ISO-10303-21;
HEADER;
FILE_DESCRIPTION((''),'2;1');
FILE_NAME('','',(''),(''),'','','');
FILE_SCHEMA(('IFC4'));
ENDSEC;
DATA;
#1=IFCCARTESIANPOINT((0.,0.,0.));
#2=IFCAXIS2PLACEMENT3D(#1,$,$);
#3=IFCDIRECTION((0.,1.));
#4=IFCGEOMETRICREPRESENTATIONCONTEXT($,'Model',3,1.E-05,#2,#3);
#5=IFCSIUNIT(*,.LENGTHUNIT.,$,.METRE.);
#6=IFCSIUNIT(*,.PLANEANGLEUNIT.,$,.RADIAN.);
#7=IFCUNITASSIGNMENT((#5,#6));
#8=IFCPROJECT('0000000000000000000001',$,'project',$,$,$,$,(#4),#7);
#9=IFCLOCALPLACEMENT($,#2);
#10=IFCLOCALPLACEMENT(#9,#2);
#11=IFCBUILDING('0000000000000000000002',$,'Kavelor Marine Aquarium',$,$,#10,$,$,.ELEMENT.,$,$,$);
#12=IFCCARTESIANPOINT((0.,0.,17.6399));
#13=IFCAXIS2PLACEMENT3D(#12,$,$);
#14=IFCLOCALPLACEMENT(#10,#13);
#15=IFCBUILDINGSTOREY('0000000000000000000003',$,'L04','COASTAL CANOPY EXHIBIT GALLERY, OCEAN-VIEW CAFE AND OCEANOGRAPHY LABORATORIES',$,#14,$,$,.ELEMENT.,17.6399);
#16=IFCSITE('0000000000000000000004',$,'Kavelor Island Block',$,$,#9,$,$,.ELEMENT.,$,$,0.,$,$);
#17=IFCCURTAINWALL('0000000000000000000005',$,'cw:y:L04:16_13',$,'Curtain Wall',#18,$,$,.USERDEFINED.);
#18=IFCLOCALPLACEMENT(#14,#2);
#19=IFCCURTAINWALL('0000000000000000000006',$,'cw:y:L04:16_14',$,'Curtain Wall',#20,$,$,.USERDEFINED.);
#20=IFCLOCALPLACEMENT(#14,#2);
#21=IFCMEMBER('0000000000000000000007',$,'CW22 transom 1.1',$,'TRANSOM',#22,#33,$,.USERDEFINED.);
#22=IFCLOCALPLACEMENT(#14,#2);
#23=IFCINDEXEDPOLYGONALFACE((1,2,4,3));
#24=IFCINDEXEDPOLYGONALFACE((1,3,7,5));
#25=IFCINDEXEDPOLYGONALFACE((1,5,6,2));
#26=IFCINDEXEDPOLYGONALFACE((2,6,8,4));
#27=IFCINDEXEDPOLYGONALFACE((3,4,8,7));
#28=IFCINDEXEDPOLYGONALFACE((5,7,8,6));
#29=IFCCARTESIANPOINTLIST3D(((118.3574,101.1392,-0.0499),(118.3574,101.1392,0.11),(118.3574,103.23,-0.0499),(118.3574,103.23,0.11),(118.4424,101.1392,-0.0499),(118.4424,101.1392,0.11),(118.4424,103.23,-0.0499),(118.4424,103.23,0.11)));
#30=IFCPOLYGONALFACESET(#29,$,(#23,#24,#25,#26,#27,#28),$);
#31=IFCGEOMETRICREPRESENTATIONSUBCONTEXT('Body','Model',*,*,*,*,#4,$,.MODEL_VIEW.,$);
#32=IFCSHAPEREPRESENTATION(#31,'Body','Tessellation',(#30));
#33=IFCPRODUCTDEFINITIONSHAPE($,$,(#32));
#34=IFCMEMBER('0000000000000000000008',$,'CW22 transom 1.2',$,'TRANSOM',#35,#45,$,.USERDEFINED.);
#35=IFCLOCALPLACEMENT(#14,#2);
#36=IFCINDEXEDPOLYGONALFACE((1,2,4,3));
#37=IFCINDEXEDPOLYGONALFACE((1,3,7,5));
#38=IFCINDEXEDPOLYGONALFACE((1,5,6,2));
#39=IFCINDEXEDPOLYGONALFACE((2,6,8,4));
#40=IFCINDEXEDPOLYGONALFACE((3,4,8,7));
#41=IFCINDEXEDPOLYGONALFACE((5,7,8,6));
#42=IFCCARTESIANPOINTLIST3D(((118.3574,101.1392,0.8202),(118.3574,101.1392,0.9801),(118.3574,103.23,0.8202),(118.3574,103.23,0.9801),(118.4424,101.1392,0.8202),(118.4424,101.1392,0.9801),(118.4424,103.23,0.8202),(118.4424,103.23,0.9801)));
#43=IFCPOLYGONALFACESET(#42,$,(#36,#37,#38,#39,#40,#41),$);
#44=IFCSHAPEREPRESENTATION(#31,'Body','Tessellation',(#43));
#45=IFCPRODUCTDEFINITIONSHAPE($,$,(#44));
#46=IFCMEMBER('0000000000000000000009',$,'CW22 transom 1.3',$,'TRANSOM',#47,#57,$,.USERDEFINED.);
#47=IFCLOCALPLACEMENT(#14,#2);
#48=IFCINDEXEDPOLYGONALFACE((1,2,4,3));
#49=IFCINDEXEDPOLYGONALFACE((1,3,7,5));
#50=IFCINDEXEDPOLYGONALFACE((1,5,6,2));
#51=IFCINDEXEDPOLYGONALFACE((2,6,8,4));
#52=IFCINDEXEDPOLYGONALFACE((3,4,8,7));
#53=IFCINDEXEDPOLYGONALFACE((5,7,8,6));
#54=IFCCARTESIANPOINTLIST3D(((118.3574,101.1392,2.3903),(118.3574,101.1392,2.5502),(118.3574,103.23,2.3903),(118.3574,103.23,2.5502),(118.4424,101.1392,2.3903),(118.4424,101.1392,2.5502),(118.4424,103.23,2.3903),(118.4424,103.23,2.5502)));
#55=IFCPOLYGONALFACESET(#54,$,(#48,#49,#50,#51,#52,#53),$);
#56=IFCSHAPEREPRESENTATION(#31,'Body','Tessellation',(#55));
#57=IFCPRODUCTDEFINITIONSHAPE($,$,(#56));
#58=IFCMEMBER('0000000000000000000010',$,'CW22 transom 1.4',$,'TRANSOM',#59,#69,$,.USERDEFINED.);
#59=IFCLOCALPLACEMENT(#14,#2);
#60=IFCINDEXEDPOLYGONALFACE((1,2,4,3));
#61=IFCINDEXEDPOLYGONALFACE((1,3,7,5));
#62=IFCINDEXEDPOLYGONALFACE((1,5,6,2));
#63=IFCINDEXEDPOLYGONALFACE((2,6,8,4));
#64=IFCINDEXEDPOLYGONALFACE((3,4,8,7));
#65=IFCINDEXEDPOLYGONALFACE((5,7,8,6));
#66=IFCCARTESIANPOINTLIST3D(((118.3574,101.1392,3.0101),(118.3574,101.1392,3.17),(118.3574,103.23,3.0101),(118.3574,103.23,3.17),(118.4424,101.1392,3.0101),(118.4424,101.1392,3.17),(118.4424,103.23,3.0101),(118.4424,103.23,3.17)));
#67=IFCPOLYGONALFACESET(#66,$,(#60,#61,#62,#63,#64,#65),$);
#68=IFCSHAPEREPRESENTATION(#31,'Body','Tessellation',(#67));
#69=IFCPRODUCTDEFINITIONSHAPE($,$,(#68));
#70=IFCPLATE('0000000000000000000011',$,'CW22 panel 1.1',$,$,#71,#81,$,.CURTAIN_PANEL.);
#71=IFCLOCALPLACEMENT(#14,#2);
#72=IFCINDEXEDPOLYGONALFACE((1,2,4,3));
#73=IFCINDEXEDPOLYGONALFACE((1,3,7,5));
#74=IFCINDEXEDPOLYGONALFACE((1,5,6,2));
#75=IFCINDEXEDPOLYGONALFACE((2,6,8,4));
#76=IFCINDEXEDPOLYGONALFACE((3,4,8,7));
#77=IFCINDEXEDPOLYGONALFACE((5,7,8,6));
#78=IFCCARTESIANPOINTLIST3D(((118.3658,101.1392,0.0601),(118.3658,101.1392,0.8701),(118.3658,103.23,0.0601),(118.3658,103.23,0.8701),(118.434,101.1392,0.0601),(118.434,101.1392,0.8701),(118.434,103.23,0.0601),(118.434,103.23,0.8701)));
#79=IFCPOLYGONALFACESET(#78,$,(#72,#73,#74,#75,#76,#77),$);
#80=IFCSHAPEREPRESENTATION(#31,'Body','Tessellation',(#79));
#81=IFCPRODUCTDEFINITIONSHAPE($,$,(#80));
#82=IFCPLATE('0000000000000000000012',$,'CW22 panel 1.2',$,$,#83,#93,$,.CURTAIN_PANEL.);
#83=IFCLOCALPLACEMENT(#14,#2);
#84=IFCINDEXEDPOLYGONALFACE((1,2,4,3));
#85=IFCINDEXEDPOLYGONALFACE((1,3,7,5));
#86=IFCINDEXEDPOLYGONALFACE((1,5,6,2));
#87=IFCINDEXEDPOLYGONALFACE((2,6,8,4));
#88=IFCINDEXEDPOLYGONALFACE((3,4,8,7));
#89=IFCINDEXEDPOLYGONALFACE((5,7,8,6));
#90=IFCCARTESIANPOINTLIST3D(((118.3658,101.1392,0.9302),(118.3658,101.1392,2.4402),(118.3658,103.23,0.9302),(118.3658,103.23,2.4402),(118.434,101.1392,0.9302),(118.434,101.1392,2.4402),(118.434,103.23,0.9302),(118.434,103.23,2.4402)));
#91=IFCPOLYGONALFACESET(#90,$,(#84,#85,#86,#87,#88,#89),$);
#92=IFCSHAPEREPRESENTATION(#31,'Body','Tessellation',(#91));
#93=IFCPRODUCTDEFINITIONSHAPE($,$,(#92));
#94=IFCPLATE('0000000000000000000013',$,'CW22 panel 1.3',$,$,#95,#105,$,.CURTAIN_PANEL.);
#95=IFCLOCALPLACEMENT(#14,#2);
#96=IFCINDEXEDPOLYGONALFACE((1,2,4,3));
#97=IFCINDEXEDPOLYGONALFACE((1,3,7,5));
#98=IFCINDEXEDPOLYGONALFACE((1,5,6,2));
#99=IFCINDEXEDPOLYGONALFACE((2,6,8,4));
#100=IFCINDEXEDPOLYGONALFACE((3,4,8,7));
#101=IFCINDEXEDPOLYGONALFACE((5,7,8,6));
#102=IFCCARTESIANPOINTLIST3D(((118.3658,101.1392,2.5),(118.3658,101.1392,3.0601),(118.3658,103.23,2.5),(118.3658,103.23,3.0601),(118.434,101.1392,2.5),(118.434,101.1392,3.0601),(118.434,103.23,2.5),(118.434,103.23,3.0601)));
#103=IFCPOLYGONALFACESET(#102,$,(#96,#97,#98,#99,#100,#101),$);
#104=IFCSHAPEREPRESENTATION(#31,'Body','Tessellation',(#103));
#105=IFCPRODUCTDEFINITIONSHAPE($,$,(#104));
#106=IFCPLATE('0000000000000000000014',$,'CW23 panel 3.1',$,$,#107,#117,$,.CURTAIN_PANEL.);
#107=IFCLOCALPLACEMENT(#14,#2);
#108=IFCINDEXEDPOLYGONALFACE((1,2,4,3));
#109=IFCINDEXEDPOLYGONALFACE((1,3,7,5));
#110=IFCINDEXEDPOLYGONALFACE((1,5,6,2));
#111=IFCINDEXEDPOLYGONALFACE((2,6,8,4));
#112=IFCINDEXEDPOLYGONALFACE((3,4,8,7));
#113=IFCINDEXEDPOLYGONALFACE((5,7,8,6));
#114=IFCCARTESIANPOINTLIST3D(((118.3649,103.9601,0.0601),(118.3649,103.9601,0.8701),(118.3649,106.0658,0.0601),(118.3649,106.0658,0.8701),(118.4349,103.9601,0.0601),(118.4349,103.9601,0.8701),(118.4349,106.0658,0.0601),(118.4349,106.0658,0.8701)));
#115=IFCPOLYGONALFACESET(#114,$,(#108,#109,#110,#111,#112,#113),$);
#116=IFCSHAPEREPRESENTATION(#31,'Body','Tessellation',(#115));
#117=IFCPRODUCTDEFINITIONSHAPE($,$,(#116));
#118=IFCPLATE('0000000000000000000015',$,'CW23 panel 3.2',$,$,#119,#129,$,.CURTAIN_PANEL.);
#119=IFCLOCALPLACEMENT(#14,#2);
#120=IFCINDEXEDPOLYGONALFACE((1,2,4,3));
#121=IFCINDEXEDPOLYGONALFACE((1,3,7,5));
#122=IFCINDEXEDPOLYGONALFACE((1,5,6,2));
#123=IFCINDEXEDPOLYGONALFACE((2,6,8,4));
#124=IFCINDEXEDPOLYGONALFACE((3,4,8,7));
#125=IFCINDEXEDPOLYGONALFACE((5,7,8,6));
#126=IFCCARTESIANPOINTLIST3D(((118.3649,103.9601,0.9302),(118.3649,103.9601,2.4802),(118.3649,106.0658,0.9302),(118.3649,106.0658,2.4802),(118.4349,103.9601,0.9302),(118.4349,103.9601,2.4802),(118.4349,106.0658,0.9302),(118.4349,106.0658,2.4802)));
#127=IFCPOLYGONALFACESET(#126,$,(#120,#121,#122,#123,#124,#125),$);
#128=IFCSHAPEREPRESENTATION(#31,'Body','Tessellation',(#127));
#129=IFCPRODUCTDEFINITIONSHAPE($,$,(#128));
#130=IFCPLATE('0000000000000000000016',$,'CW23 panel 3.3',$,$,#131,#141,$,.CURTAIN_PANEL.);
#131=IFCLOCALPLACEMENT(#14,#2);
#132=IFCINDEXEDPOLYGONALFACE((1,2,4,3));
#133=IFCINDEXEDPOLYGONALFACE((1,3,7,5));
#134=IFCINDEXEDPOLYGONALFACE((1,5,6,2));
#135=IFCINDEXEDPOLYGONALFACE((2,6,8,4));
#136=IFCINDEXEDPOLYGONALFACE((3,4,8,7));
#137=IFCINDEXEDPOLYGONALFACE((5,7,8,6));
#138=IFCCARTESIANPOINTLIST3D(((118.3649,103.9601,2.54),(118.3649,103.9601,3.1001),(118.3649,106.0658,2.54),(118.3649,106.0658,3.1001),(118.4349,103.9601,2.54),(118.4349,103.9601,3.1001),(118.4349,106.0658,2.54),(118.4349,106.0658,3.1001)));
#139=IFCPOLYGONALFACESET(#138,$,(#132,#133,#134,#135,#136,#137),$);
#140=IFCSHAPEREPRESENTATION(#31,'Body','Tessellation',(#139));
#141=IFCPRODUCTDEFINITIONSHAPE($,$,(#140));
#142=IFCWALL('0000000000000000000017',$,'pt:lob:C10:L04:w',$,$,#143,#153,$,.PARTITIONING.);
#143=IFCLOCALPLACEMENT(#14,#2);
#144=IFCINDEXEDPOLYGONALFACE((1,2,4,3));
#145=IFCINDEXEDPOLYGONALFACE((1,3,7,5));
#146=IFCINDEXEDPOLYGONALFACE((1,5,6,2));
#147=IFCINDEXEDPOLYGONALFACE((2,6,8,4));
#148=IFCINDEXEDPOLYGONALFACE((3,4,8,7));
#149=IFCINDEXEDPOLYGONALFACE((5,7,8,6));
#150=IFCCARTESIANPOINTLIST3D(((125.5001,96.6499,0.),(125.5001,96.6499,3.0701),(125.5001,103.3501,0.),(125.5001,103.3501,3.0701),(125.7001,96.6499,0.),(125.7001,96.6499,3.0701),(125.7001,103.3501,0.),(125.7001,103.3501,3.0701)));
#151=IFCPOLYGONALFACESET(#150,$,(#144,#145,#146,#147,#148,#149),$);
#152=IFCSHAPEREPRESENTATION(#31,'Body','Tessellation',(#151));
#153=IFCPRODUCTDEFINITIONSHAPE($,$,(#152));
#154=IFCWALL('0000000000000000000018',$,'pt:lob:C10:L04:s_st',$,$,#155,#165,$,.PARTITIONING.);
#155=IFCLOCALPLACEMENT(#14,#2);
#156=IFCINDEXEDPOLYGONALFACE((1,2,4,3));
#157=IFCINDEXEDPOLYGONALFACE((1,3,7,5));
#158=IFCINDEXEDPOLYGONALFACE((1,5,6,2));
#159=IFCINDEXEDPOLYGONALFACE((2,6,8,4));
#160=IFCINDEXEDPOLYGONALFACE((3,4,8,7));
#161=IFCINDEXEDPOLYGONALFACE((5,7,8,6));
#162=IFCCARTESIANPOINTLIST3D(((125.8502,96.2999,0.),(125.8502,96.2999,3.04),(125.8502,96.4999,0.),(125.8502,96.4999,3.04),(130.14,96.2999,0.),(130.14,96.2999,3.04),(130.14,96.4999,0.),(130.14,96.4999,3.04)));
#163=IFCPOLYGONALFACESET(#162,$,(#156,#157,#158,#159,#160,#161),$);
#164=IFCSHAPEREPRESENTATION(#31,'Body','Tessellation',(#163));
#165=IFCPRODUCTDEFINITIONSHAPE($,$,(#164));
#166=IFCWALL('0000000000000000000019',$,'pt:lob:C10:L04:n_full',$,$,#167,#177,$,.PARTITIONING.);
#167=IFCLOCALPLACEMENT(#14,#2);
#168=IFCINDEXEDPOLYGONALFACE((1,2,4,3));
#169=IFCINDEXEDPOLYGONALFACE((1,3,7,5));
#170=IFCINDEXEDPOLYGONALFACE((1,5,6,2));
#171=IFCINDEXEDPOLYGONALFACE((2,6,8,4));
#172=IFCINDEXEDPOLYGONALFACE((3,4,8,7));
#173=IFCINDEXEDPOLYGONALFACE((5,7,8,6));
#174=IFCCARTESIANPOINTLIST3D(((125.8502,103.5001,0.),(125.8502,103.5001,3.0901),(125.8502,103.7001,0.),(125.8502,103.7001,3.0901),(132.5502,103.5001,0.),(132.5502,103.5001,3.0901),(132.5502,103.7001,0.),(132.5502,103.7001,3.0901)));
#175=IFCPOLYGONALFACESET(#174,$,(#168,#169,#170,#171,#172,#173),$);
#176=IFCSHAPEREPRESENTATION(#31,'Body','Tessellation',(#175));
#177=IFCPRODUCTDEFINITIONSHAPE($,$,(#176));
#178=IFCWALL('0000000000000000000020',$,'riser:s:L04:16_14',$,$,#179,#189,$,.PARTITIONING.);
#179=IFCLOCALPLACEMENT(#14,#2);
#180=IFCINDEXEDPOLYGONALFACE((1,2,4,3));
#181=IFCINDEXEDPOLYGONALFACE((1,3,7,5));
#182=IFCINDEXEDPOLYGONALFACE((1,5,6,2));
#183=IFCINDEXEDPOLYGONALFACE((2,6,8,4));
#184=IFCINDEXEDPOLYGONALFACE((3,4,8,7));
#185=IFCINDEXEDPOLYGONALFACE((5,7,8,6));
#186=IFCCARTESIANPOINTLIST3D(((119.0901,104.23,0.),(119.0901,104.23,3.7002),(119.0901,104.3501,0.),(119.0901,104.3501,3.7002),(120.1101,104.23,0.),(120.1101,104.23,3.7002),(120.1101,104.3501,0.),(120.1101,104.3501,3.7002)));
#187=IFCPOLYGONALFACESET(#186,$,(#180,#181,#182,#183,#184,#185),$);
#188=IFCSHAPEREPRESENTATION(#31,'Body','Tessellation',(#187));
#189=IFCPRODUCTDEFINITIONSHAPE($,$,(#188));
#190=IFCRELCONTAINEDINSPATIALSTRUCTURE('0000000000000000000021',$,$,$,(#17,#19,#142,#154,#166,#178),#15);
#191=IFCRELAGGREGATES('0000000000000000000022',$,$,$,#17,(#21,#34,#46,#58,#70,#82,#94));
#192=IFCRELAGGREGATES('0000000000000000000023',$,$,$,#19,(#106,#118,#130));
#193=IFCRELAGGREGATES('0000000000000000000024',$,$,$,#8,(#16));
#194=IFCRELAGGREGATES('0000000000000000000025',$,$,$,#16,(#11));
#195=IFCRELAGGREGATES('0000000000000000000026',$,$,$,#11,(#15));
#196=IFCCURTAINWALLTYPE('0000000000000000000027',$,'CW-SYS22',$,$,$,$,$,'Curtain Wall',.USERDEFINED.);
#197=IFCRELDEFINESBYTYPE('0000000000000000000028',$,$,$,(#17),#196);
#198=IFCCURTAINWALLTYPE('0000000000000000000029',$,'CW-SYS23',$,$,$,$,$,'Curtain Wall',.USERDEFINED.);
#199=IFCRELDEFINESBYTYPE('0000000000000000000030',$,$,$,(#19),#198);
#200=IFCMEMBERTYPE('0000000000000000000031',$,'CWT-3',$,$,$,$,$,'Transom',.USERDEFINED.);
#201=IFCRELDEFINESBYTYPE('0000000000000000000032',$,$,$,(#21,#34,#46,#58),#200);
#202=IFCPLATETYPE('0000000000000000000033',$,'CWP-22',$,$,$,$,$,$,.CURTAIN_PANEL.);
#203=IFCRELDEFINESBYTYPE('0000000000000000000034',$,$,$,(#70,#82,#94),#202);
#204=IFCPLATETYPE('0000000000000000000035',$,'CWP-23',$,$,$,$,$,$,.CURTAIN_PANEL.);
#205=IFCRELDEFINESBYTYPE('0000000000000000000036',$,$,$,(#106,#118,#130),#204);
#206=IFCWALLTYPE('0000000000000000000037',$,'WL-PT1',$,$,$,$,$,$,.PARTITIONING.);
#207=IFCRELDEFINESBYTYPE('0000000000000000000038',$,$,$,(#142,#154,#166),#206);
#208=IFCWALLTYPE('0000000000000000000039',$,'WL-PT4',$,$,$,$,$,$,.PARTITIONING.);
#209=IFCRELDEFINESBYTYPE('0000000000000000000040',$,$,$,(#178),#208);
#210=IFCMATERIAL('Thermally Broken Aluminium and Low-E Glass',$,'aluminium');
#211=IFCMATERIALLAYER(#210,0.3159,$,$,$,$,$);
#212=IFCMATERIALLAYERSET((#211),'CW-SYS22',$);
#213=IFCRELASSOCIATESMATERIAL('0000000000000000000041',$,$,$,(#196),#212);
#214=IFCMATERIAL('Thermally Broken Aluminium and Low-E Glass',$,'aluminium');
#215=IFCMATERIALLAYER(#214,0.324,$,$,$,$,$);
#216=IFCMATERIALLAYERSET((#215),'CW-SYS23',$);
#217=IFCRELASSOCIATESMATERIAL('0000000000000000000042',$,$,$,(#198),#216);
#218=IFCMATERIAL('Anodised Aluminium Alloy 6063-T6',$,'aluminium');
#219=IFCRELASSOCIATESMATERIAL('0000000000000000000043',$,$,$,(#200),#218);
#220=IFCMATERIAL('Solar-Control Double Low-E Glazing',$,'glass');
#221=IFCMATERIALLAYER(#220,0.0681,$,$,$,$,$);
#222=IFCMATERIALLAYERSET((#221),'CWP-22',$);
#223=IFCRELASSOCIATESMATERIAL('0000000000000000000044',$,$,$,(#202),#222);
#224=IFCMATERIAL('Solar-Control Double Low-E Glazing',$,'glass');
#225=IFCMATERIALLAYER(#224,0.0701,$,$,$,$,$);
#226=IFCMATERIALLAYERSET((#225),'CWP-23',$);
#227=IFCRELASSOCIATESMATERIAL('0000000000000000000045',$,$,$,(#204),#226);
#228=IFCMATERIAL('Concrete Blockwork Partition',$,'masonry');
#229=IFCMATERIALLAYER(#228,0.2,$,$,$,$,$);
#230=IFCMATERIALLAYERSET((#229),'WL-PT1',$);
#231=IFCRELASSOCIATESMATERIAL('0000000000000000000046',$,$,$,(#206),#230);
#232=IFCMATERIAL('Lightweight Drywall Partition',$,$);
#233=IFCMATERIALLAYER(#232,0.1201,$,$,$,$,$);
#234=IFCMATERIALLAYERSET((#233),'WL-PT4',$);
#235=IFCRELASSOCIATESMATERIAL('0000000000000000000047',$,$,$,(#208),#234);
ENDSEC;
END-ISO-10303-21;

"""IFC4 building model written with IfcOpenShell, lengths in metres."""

from ifc_helpers import new_model, si_unit, direction, frame, frame_2d, origin, origin_2d, place, context, subcontext, project, spatial, rectangle, extrude, material, layer, layer_set, material_profile, profile_set, type_object, element, aggregate, save


model = new_model("IFC4")

# Units and contexts
model_context = context("Model", 3, precision=1e-05, world=origin(), true_north=direction((0.0, 1.0)))
body_context = subcontext(model_context, "Body", "Model", "MODEL_VIEW")
ifc_project = project(units=[si_unit("LENGTHUNIT", "METRE"), si_unit("PLANEANGLEUNIT", "RADIAN")], contexts=[model_context])

# Site, building, storey
site_placement = place(None, origin())
site = spatial("IfcSite", under=ifc_project, at=site_placement, Name="Kavelor Island Block", CompositionType="ELEMENT", RefElevation=0.0)
building_placement = place(site_placement, origin())
building = spatial("IfcBuilding", under=site, at=building_placement, Name="Kavelor Marine Aquarium", CompositionType="ELEMENT")
storey_placement = place(building_placement, frame((0.0, 0.0, 17.6399)))
storey = spatial("IfcBuildingStorey", under=building, at=storey_placement, Name="L04", Description="COASTAL CANOPY EXHIBIT GALLERY, OCEAN-VIEW CAFE AND OCEANOGRAPHY LABORATORIES", CompositionType="ELEMENT", Elevation=17.6399)

# Curtain wall
ifc_material_1 = material(Name="Thermally Broken Aluminium and Low-E Glass", Category="aluminium")
ifc_layer_1 = layer(ifc_material_1, 0.3159)
ifc_layer_set_1 = layer_set([ifc_layer_1], Name="CW-SYS22")
curtain_wall_type_1 = type_object("IfcCurtainWallType", Name="CW-SYS22", ElementType="Curtain Wall", PredefinedType="USERDEFINED", material=ifc_layer_set_1)
curtain_wall_1_placement = place(storey_placement, origin())
curtain_wall_1 = element("IfcCurtainWall", 1, at=curtain_wall_1_placement, inside=storey, type_object=curtain_wall_type_1, Name="cw:y:L04:16_13", ObjectType="Curtain Wall", PredefinedType="USERDEFINED")

# Curtain wall
ifc_material_2 = material(Name="Thermally Broken Aluminium and Low-E Glass", Category="aluminium")
ifc_layer_2 = layer(ifc_material_2, 0.324)
ifc_layer_set_2 = layer_set([ifc_layer_2], Name="CW-SYS23")
curtain_wall_type_2 = type_object("IfcCurtainWallType", Name="CW-SYS23", ElementType="Curtain Wall", PredefinedType="USERDEFINED", material=ifc_layer_set_2)
curtain_wall_2_placement = place(storey_placement, origin())
curtain_wall_2 = element("IfcCurtainWall", 2, at=curtain_wall_2_placement, inside=storey, type_object=curtain_wall_type_2, Name="cw:y:L04:16_14", ObjectType="Curtain Wall", PredefinedType="USERDEFINED")

# Members
ifc_material_3 = material(Name="Anodised Aluminium Alloy 6063-T6", Category="aluminium")
ifc_material_profile_1 = material_profile(ifc_material_3, rectangle(XDim=0.085, YDim=0.1599, at=origin_2d()), Name="CW-TRN 85x160")
ifc_profile_set_1 = profile_set([ifc_material_profile_1], Name="Anodised Aluminium Alloy 6063-T6")
member_type_1 = type_object("IfcMemberType", Name="CWT-3", ElementType="Transom", PredefinedType="USERDEFINED", material=ifc_profile_set_1)
member_1_placement = place(storey_placement, frame((118.3999, 103.23, 0.03), z_axis=(0.0, -1.0, 0.0), x_axis=(1.0, 0.0, 0.0)))
member_1 = element("IfcMember", 3, at=member_1_placement, type_object=member_type_1, Name="CW22 transom 1.1", ObjectType="TRANSOM", PredefinedType="USERDEFINED", context=body_context, shape_type="SweptSolid", body=[
    extrude(rectangle(XDim=0.085, YDim=0.1599, at=origin_2d()), origin(), (0.0, 0.0, 1.0), 2.0908),
])
member_2_placement = place(storey_placement, frame((118.3999, 103.23, 0.9001), z_axis=(0.0, -1.0, 0.0), x_axis=(1.0, 0.0, 0.0)))
member_2 = element("IfcMember", 4, at=member_2_placement, type_object=member_type_1, Name="CW22 transom 1.2", ObjectType="TRANSOM", PredefinedType="USERDEFINED", context=body_context, shape_type="SweptSolid", body=[
    extrude(rectangle(XDim=0.085, YDim=0.1599, at=origin_2d()), origin(), (0.0, 0.0, 1.0), 2.0908),
])
member_3_placement = place(storey_placement, frame((118.3999, 103.23, 2.4702), z_axis=(0.0, -1.0, 0.0), x_axis=(1.0, 0.0, 0.0)))
member_3 = element("IfcMember", 5, at=member_3_placement, type_object=member_type_1, Name="CW22 transom 1.3", ObjectType="TRANSOM", PredefinedType="USERDEFINED", context=body_context, shape_type="SweptSolid", body=[
    extrude(rectangle(XDim=0.085, YDim=0.1599, at=origin_2d()), origin(), (0.0, 0.0, 1.0), 2.0908),
])
member_4_placement = place(storey_placement, frame((118.3999, 103.23, 3.0901), z_axis=(0.0, -1.0, 0.0), x_axis=(1.0, 0.0, 0.0)))
member_4 = element("IfcMember", 6, at=member_4_placement, type_object=member_type_1, Name="CW22 transom 1.4", ObjectType="TRANSOM", PredefinedType="USERDEFINED", context=body_context, shape_type="SweptSolid", body=[
    extrude(rectangle(XDim=0.085, YDim=0.1599, at=origin_2d()), origin(), (0.0, 0.0, 1.0), 2.0908),
])

# Plates
ifc_material_4 = material(Name="Solar-Control Double Low-E Glazing", Category="glass")
ifc_layer_3 = layer(ifc_material_4, 0.0681)
ifc_layer_set_3 = layer_set([ifc_layer_3], Name="CWP-22")
plate_type_1 = type_object("IfcPlateType", Name="CWP-22", PredefinedType="CURTAIN_PANEL", material=ifc_layer_set_3)
plate_1_placement = place(storey_placement, frame((118.3999, 102.1846, 0.0601), z_axis=(0.0, 0.0, 1.0), x_axis=(0.0, -1.0, 0.0)))
plate_1 = element("IfcPlate", 7, at=plate_1_placement, type_object=plate_type_1, Name="CW22 panel 1.1", PredefinedType="CURTAIN_PANEL", context=body_context, shape_type="SweptSolid", body=[
    extrude(rectangle(XDim=2.0908, YDim=0.0681, at=origin_2d()), origin(), (0.0, 0.0, 1.0), 0.8101),
])
plate_2_placement = place(storey_placement, frame((118.3999, 102.1846, 0.9302), z_axis=(0.0, 0.0, 1.0), x_axis=(0.0, -1.0, 0.0)))
plate_2 = element("IfcPlate", 8, at=plate_2_placement, type_object=plate_type_1, Name="CW22 panel 1.2", PredefinedType="CURTAIN_PANEL", context=body_context, shape_type="SweptSolid", body=[
    extrude(rectangle(XDim=2.0908, YDim=0.0681, at=origin_2d()), origin(), (0.0, 0.0, 1.0), 1.51),
])
plate_3_placement = place(storey_placement, frame((118.3999, 102.1846, 2.5), z_axis=(0.0, 0.0, 1.0), x_axis=(0.0, -1.0, 0.0)))
plate_3 = element("IfcPlate", 9, at=plate_3_placement, type_object=plate_type_1, Name="CW22 panel 1.3", PredefinedType="CURTAIN_PANEL", context=body_context, shape_type="SweptSolid", body=[
    extrude(rectangle(XDim=2.0908, YDim=0.0681, at=origin_2d()), origin(), (0.0, 0.0, 1.0), 0.5601),
])
aggregate(curtain_wall_1, [member_1, member_2, member_3, member_4, plate_1, plate_2, plate_3])
ifc_material_5 = material(Name="Solar-Control Double Low-E Glazing", Category="glass")
ifc_layer_4 = layer(ifc_material_5, 0.0701)
ifc_layer_set_4 = layer_set([ifc_layer_4], Name="CWP-23")
plate_type_2 = type_object("IfcPlateType", Name="CWP-23", PredefinedType="CURTAIN_PANEL", material=ifc_layer_set_4)
plate_4_placement = place(storey_placement, frame((118.3999, 105.0129, 0.0601), z_axis=(0.0, 0.0, 1.0), x_axis=(0.0, -1.0, 0.0)))
plate_4 = element("IfcPlate", 10, at=plate_4_placement, type_object=plate_type_2, Name="CW23 panel 3.1", PredefinedType="CURTAIN_PANEL", context=body_context, shape_type="SweptSolid", body=[
    extrude(rectangle(XDim=2.1057, YDim=0.0701, at=origin_2d()), origin(), (0.0, 0.0, 1.0), 0.8101),
])
plate_5_placement = place(storey_placement, frame((118.3999, 105.0129, 0.9302), z_axis=(0.0, 0.0, 1.0), x_axis=(0.0, -1.0, 0.0)))
plate_5 = element("IfcPlate", 11, at=plate_5_placement, type_object=plate_type_2, Name="CW23 panel 3.2", PredefinedType="CURTAIN_PANEL", context=body_context, shape_type="SweptSolid", body=[
    extrude(rectangle(XDim=2.1057, YDim=0.0701, at=origin_2d()), origin(), (0.0, 0.0, 1.0), 1.55),
])
plate_6_placement = place(storey_placement, frame((118.3999, 105.0129, 2.54), z_axis=(0.0, 0.0, 1.0), x_axis=(0.0, -1.0, 0.0)))
plate_6 = element("IfcPlate", 12, at=plate_6_placement, type_object=plate_type_2, Name="CW23 panel 3.3", PredefinedType="CURTAIN_PANEL", context=body_context, shape_type="SweptSolid", body=[
    extrude(rectangle(XDim=2.1057, YDim=0.0701, at=origin_2d()), origin(), (0.0, 0.0, 1.0), 0.5601),
])
aggregate(curtain_wall_2, [plate_4, plate_5, plate_6])

# Walls
ifc_material_6 = material(Name="Concrete Blockwork Partition", Category="masonry")
ifc_layer_5 = layer(ifc_material_6, 0.2)
ifc_layer_set_5 = layer_set([ifc_layer_5], Name="WL-PT1")
wall_type_1 = type_object("IfcWallType", Name="WL-PT1", PredefinedType="PARTITIONING", material=ifc_layer_set_5)
wall_1_placement = place(storey_placement, frame((125.6001, 96.6499, 0.0), z_axis=(0.0, 0.0, 1.0), x_axis=(0.0, 1.0, 0.0)))
element("IfcWall", 13, at=wall_1_placement, inside=storey, type_object=wall_type_1, Name="pt:lob:C10:L04:w", PredefinedType="PARTITIONING", context=body_context, shape_type="SweptSolid", body=[
    extrude(rectangle(XDim=6.7002, YDim=0.2, at=frame_2d((3.3501, 0.0))), origin(), (0.0, 0.0, 1.0), 3.0701),
])
wall_2_placement = place(storey_placement, frame((125.8501, 96.3999, 0.0), z_axis=(0.0, 0.0, 1.0), x_axis=(1.0, 0.0, 0.0)))
element("IfcWall", 14, at=wall_2_placement, inside=storey, type_object=wall_type_1, Name="pt:lob:C10:L04:s_st", PredefinedType="PARTITIONING", context=body_context, shape_type="SweptSolid", body=[
    extrude(rectangle(XDim=4.2898, YDim=0.2, at=frame_2d((2.145, 0.0))), origin(), (0.0, 0.0, 1.0), 3.04),
])
wall_3_placement = place(storey_placement, frame((125.8501, 103.6001, 0.0), z_axis=(0.0, 0.0, 1.0), x_axis=(1.0, 0.0, 0.0)))
element("IfcWall", 15, at=wall_3_placement, inside=storey, type_object=wall_type_1, Name="pt:lob:C10:L04:n_full", PredefinedType="PARTITIONING", context=body_context, shape_type="SweptSolid", body=[
    extrude(rectangle(XDim=6.7, YDim=0.2, at=frame_2d((3.3501, 0.0))), origin(), (0.0, 0.0, 1.0), 3.0901),
])
ifc_material_7 = material(Name="Lightweight Drywall Partition")
ifc_layer_6 = layer(ifc_material_7, 0.1201)
ifc_layer_set_6 = layer_set([ifc_layer_6], Name="WL-PT4")
wall_type_2 = type_object("IfcWallType", Name="WL-PT4", PredefinedType="PARTITIONING", material=ifc_layer_set_6)
wall_4_placement = place(storey_placement, frame((119.0901, 104.29, 0.0), z_axis=(0.0, 0.0, 1.0), x_axis=(1.0, 0.0, 0.0)))
element("IfcWall", 16, at=wall_4_placement, inside=storey, type_object=wall_type_2, Name="riser:s:L04:16_14", PredefinedType="PARTITIONING", context=body_context, shape_type="SweptSolid", body=[
    extrude(rectangle(XDim=1.02, YDim=0.1201, at=frame_2d((0.51, 0.0))), origin(), (0.0, 0.0, 1.0), 3.7002),
])

save(model, "model.ifc")
